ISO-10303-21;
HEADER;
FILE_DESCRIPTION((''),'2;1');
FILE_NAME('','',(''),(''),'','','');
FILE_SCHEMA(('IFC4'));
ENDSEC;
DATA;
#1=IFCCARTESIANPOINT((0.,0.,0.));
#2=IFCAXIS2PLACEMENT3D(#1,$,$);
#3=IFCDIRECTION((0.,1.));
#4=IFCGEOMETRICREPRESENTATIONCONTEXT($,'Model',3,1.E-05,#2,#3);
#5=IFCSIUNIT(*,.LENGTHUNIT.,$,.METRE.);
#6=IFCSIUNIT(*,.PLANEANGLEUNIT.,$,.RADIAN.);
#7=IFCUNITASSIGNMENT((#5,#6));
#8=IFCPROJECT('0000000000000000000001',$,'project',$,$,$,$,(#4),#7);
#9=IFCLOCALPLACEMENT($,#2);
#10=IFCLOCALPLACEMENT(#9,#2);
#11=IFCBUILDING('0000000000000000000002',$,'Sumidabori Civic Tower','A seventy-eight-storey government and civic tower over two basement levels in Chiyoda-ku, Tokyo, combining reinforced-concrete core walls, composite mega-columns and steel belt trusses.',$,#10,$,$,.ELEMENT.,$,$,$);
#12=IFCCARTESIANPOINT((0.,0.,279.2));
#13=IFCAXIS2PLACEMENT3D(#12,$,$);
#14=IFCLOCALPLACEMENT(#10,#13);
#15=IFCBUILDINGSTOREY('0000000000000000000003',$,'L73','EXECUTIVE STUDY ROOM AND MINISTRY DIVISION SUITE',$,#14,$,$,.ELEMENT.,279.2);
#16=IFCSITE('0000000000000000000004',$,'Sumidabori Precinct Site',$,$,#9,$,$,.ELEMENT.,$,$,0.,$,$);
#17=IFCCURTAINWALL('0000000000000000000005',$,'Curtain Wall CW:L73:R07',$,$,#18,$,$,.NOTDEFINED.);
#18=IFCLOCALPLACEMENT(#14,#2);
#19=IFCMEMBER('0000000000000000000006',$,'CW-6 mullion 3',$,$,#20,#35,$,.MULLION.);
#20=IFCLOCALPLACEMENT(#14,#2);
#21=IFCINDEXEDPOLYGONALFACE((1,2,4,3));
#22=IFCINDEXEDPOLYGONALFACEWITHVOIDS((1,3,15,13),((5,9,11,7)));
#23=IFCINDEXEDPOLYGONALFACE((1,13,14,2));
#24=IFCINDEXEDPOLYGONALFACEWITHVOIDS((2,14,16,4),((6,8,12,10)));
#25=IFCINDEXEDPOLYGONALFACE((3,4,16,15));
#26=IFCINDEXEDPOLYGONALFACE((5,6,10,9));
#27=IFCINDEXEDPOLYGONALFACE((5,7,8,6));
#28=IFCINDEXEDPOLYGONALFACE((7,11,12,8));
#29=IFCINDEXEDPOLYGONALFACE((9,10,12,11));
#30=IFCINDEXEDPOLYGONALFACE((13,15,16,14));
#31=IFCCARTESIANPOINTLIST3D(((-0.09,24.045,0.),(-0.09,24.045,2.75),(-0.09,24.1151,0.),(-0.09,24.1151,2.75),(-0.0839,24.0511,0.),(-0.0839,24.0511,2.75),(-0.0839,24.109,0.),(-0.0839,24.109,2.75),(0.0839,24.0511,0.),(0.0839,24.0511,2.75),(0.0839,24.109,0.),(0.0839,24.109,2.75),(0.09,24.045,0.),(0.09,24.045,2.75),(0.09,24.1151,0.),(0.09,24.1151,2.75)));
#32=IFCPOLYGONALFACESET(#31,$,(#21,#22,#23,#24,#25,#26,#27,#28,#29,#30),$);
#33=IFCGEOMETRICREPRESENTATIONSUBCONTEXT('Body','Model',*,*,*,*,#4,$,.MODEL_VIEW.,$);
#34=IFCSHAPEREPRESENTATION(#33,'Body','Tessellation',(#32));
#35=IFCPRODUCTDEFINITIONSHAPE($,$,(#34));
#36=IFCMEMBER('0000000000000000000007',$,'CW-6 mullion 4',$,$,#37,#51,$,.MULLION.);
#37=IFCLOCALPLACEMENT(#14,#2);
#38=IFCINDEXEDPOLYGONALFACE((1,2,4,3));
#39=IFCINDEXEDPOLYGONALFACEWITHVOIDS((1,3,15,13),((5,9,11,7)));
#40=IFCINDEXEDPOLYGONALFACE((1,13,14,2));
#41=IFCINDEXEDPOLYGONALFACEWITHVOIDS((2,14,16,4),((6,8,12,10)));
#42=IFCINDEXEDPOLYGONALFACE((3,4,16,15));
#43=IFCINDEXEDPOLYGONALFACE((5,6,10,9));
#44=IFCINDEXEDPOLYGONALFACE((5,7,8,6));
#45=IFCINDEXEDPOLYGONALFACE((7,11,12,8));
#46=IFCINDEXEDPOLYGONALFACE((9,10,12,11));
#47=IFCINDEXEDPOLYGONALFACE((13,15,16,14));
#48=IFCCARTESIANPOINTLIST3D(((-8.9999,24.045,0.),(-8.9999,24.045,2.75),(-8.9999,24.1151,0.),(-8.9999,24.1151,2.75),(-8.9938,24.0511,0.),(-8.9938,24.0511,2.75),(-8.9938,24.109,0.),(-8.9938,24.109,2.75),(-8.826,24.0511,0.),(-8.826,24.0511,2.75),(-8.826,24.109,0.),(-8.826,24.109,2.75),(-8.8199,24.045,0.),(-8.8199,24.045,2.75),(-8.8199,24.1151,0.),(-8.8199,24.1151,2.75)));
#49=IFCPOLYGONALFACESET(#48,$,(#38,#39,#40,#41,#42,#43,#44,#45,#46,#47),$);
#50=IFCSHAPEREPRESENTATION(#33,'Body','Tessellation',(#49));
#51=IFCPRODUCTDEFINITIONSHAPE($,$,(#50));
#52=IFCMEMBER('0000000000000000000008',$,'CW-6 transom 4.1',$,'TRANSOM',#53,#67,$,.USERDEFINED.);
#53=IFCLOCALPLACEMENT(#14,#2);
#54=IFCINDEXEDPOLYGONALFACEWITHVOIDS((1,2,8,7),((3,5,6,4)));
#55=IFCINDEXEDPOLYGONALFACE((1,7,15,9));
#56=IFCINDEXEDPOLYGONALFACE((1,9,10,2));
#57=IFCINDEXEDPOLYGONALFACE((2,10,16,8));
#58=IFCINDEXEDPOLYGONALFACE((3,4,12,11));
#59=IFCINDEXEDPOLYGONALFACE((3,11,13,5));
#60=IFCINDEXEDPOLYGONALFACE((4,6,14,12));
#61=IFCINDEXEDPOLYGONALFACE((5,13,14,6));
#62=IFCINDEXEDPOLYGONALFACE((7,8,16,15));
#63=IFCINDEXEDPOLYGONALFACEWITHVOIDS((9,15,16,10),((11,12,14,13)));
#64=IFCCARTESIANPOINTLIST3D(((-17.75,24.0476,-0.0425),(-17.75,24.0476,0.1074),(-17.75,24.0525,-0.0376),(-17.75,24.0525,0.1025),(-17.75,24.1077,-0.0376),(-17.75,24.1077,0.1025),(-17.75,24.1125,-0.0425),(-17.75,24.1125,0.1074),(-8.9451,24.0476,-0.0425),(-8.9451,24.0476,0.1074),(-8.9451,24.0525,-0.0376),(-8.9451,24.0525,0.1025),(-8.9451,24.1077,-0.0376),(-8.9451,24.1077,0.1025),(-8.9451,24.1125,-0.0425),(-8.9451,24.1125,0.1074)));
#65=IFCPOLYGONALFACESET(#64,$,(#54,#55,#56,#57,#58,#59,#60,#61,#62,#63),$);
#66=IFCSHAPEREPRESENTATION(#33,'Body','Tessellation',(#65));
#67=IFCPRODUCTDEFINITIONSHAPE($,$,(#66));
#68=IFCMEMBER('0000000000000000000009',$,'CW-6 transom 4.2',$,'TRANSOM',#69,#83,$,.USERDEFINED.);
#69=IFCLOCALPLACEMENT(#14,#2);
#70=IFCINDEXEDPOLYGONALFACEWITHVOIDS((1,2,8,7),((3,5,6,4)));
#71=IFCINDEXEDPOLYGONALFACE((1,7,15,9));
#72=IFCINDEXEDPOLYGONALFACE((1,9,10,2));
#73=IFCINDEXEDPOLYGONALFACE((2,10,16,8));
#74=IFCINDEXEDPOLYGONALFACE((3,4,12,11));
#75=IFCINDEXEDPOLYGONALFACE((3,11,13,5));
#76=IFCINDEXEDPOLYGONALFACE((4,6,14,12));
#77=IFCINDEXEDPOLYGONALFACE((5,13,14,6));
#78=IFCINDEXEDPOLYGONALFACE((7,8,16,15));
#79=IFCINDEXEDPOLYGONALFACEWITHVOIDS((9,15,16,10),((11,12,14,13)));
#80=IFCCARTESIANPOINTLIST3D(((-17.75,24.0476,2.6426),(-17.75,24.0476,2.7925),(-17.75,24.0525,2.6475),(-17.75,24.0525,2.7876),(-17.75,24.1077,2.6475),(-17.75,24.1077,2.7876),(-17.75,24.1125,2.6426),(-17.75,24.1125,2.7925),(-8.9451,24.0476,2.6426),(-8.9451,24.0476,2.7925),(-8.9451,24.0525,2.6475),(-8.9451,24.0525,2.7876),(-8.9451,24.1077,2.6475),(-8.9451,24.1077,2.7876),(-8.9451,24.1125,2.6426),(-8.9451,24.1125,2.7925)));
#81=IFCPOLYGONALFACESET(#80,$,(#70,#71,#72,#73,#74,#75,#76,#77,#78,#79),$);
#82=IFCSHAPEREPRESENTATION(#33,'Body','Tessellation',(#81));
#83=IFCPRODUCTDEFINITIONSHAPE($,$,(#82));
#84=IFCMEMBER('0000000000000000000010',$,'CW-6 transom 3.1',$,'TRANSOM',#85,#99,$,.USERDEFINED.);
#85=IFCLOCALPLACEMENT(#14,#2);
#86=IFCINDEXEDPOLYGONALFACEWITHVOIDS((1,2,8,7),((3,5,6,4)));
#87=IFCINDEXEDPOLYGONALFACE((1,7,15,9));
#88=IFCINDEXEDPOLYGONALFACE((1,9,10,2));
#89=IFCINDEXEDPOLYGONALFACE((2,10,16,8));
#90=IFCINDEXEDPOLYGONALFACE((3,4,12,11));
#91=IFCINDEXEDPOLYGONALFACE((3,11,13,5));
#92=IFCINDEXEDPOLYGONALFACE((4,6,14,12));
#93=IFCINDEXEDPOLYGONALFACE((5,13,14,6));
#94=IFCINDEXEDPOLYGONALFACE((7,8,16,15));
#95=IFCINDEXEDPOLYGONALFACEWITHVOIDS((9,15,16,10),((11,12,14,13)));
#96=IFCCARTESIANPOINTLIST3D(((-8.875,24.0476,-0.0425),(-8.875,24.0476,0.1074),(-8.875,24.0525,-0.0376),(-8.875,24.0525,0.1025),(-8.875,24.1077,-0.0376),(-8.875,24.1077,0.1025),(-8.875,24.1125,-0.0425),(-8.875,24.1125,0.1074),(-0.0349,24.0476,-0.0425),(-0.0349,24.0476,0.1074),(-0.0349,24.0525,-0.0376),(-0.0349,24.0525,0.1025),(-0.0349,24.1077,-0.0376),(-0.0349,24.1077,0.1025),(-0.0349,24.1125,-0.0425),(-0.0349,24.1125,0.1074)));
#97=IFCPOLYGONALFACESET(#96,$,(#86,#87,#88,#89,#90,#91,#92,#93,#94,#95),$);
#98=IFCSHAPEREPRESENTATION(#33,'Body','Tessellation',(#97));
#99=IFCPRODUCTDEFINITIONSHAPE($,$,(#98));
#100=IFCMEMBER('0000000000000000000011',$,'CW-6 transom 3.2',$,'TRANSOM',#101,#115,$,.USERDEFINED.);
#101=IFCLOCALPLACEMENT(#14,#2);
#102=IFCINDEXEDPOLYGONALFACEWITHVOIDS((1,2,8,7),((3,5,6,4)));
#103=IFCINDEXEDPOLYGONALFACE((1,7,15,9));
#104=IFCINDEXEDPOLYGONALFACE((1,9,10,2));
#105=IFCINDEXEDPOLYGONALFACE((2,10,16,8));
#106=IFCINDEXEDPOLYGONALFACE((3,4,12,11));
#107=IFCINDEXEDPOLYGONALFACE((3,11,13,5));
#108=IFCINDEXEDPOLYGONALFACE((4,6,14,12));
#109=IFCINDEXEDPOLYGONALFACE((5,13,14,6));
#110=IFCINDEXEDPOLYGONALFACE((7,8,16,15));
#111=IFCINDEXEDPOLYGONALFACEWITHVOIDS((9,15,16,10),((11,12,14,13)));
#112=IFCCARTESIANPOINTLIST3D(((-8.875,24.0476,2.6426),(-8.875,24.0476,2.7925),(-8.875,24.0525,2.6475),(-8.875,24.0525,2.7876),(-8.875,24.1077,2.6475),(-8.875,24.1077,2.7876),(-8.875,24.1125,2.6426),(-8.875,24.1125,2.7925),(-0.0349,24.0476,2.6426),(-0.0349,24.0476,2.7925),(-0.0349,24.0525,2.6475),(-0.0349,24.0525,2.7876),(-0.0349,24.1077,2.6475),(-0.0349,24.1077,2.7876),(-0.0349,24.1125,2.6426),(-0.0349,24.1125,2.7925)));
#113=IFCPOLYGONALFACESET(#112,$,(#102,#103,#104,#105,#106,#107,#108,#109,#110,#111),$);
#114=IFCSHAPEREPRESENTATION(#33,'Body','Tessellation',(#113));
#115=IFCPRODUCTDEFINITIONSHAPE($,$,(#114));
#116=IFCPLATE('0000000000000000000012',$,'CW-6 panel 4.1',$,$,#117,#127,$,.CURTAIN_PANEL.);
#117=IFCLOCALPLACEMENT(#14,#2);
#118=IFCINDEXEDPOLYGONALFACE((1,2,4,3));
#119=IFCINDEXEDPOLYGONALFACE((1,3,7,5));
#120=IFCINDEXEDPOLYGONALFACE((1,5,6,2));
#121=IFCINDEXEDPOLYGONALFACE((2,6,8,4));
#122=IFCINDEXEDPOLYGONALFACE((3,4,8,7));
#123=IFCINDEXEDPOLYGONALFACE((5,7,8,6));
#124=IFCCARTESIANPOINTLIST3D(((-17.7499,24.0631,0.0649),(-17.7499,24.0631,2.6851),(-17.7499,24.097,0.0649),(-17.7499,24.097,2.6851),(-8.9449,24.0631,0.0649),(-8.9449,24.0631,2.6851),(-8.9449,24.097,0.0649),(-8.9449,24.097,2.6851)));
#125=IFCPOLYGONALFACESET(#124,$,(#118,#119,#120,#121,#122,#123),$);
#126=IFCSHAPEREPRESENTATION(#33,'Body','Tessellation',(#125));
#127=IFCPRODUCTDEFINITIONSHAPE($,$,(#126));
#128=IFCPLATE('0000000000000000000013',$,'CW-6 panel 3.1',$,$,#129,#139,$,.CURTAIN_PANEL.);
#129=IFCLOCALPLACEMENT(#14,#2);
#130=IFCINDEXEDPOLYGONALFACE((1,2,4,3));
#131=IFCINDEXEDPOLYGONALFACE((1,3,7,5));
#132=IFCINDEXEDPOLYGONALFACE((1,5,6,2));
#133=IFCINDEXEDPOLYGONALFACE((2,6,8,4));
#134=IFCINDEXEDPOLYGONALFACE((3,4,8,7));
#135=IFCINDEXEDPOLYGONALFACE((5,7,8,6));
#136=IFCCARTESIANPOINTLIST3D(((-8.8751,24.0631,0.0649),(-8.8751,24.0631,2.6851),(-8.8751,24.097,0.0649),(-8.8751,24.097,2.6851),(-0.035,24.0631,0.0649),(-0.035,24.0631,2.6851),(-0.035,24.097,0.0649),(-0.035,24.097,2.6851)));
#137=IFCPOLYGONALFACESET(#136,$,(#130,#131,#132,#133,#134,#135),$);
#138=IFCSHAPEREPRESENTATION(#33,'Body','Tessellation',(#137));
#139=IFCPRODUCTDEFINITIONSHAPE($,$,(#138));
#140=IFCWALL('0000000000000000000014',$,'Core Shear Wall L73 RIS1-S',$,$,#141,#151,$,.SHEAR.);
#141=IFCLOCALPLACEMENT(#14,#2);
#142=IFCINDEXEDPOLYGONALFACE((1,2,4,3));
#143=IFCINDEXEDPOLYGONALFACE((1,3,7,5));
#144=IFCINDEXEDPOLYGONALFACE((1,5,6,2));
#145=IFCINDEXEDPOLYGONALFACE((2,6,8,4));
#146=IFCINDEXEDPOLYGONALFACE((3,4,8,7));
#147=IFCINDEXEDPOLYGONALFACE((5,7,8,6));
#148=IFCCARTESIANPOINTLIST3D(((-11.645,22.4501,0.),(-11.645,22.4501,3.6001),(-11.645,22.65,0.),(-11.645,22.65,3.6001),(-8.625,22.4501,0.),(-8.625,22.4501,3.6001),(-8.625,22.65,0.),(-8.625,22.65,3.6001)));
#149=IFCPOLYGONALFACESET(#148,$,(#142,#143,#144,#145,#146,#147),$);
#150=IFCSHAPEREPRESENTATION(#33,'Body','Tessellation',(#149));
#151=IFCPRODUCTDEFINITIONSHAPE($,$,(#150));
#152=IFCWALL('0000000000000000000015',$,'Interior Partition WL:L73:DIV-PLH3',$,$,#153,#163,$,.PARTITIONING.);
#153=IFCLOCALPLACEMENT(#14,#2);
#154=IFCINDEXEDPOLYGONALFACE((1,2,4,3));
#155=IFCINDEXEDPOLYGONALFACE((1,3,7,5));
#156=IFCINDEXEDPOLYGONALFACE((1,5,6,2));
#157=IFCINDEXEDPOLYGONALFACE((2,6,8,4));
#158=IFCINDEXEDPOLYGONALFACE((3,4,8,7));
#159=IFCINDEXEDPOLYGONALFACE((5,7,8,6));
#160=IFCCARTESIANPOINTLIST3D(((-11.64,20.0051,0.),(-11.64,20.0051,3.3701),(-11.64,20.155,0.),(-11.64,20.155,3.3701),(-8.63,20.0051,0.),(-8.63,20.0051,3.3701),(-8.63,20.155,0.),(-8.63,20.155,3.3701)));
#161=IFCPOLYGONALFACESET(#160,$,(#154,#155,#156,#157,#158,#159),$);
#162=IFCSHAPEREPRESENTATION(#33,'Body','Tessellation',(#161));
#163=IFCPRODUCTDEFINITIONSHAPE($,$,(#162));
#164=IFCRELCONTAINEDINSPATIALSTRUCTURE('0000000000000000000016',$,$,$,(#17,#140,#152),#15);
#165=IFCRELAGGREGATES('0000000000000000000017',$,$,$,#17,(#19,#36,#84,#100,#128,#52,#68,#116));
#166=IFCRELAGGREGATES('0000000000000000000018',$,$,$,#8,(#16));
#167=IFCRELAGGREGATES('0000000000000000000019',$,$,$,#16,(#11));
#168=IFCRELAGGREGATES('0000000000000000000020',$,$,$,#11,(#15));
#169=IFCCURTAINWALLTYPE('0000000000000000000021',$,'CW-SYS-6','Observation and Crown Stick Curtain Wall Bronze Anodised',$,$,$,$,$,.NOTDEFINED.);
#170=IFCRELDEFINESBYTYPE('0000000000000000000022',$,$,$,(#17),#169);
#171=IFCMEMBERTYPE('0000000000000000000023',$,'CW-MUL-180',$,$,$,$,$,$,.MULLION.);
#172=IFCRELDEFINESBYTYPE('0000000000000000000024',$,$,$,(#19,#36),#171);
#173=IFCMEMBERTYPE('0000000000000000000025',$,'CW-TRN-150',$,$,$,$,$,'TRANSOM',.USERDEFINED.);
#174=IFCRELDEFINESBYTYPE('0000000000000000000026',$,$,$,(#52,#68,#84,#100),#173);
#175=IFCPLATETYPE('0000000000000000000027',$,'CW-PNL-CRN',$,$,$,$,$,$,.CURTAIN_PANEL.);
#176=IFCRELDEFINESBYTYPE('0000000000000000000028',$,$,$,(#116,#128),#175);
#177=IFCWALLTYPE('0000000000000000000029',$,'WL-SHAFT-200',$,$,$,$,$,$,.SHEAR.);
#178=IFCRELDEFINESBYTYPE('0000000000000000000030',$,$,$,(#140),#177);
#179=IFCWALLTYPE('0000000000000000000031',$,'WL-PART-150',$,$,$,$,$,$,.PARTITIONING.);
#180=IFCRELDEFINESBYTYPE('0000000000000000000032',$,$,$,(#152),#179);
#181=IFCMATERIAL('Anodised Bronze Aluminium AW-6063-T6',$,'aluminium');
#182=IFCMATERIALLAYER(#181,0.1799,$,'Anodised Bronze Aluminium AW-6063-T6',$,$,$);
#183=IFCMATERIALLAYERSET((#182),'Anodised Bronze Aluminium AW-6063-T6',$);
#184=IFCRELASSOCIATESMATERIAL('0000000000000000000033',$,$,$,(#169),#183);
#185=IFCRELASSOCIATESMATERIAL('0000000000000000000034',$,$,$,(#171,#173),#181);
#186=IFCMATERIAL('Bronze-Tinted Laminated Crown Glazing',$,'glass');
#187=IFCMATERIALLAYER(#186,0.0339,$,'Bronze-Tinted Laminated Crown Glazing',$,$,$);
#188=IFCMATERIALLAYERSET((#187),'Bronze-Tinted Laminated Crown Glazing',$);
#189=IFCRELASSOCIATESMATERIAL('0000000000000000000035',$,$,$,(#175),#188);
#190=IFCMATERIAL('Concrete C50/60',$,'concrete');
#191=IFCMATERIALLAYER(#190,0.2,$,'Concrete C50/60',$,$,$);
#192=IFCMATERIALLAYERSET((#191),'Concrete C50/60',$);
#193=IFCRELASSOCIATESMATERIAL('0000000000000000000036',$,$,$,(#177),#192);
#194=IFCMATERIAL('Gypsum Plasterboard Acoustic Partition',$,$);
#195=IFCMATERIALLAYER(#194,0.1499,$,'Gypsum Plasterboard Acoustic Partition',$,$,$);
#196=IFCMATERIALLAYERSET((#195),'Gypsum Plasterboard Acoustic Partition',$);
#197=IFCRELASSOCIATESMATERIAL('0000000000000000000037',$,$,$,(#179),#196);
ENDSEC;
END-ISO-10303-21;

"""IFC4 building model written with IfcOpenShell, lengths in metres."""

from ifc_helpers import new_model, si_unit, direction, frame, frame_2d, origin, origin_2d, place, context, subcontext, project, spatial, rectangle, hollow_rectangle, extrude, source, transform, mapped, material, layer, layer_set, material_profile, profile_set, type_object, element, aggregate, save


model = new_model("IFC4")

# Units and contexts
model_context = context("Model", 3, precision=1e-05, world=origin(), true_north=direction((0.0, 1.0)))
body_context = subcontext(model_context, "Body", "Model", "MODEL_VIEW")
ifc_project = project(units=[si_unit("LENGTHUNIT", "METRE"), si_unit("PLANEANGLEUNIT", "RADIAN")], contexts=[model_context])

# Site, building, storey
site_placement = place(None, origin())
site = spatial("IfcSite", under=ifc_project, at=site_placement, Name="Sumidabori Precinct Site", CompositionType="ELEMENT", RefElevation=0.0)
building_placement = place(site_placement, origin())
building = spatial("IfcBuilding", under=site, at=building_placement, Name="Sumidabori Civic Tower", Description="A seventy-eight-storey government and civic tower over two basement levels in Chiyoda-ku, Tokyo, combining reinforced-concrete core walls, composite mega-columns and steel belt trusses.", CompositionType="ELEMENT")
storey_placement = place(building_placement, frame((0.0, 0.0, 279.2)))
storey = spatial("IfcBuildingStorey", under=building, at=storey_placement, Name="L73", Description="EXECUTIVE STUDY ROOM AND MINISTRY DIVISION SUITE", CompositionType="ELEMENT", Elevation=279.2)

# Curtain wall, members, plates
ifc_material_1 = material(Name="Anodised Bronze Aluminium AW-6063-T6", Category="aluminium")
ifc_layer_1 = layer(ifc_material_1, 0.1799, Name="Anodised Bronze Aluminium AW-6063-T6")
ifc_layer_set_1 = layer_set([ifc_layer_1], Name="Anodised Bronze Aluminium AW-6063-T6")
curtain_wall_type = type_object("IfcCurtainWallType", Name="CW-SYS-6", Description="Observation and Crown Stick Curtain Wall Bronze Anodised", PredefinedType="NOTDEFINED", material=ifc_layer_set_1)
curtain_wall_placement = place(storey_placement, origin())
curtain_wall = element("IfcCurtainWall", 1, at=curtain_wall_placement, inside=storey, type_object=curtain_wall_type, Name="Curtain Wall CW:L73:R07", PredefinedType="NOTDEFINED")
ifc_material_profile_1 = material_profile(ifc_material_1, hollow_rectangle(XDim=0.0701, YDim=0.1799, WallThickness=0.0061, at=origin_2d()), Name="ALU MULLION 180x70")
ifc_profile_set_1 = profile_set([ifc_material_profile_1], Name="Anodised Bronze Aluminium AW-6063-T6")
member_type_1 = type_object("IfcMemberType", Name="CW-MUL-180", PredefinedType="MULLION", material=ifc_profile_set_1)
shared_shape_1 = source(origin(), body_context, "Body", "SweptSolid", [
    extrude(hollow_rectangle(XDim=0.0701, YDim=0.1799, WallThickness=0.0061, at=origin_2d()), origin(), (0.0, 0.0, 1.0), 2.75),
])
member_1_placement = place(storey_placement, frame((0.0, 24.0801, 0.0), z_axis=(0.0, 0.0, 1.0), x_axis=(0.0, -1.0, 0.0)))
member_1 = element("IfcMember", 2, at=member_1_placement, type_object=member_type_1, Name="CW-6 mullion 3", PredefinedType="MULLION", context=body_context, shape_type="MappedRepresentation", body=[
    mapped(shared_shape_1, transform((0.0, 0.0, 0.0), x_axis=(1.0, 0.0, 0.0), y_axis=(0.0, 1.0, 0.0), z_axis=(0.0, 0.0, 1.0), scale=1.0)),
])
member_2_placement = place(storey_placement, frame((-8.9099, 24.0801, 0.0), z_axis=(0.0, 0.0, 1.0), x_axis=(0.0, -1.0, 0.0)))
member_2 = element("IfcMember", 3, at=member_2_placement, type_object=member_type_1, Name="CW-6 mullion 4", PredefinedType="MULLION", context=body_context, shape_type="MappedRepresentation", body=[
    mapped(shared_shape_1, transform((0.0, 0.0, 0.0), x_axis=(1.0, 0.0, 0.0), y_axis=(0.0, 1.0, 0.0), z_axis=(0.0, 0.0, 1.0), scale=1.0)),
])
ifc_material_profile_2 = material_profile(ifc_material_1, hollow_rectangle(XDim=0.0649, YDim=0.1499, WallThickness=0.0049, at=origin_2d()), Name="ALU TRANSOM 150x65")
ifc_profile_set_2 = profile_set([ifc_material_profile_2], Name="Anodised Bronze Aluminium AW-6063-T6")
member_type_2 = type_object("IfcMemberType", Name="CW-TRN-150", ElementType="TRANSOM", PredefinedType="USERDEFINED", material=ifc_profile_set_2)
shared_shape_2 = source(origin(), body_context, "Body", "SweptSolid", [
    extrude(hollow_rectangle(XDim=0.0649, YDim=0.1499, WallThickness=0.0049, at=origin_2d()), origin(), (0.0, 0.0, 1.0), 8.8049),
])
member_3_placement = place(storey_placement, frame((-8.9451, 24.0801, 0.0325), z_axis=(-1.0, 0.0, 0.0), x_axis=(0.0, -1.0, 0.0)))
member_3 = element("IfcMember", 4, at=member_3_placement, type_object=member_type_2, Name="CW-6 transom 4.1", ObjectType="TRANSOM", PredefinedType="USERDEFINED", context=body_context, shape_type="MappedRepresentation", body=[
    mapped(shared_shape_2, transform((0.0, 0.0, 0.0), x_axis=(1.0, 0.0, 0.0), y_axis=(0.0, 1.0, 0.0), z_axis=(0.0, 0.0, 1.0), scale=1.0)),
])
member_4_placement = place(storey_placement, frame((-8.9451, 24.0801, 2.7175), z_axis=(-1.0, 0.0, 0.0), x_axis=(0.0, -1.0, 0.0)))
member_4 = element("IfcMember", 5, at=member_4_placement, type_object=member_type_2, Name="CW-6 transom 4.2", ObjectType="TRANSOM", PredefinedType="USERDEFINED", context=body_context, shape_type="MappedRepresentation", body=[
    mapped(shared_shape_2, transform((0.0, 0.0, 0.0), x_axis=(1.0, 0.0, 0.0), y_axis=(0.0, 1.0, 0.0), z_axis=(0.0, 0.0, 1.0), scale=1.0)),
])
shared_shape_3 = source(origin(), body_context, "Body", "SweptSolid", [
    extrude(hollow_rectangle(XDim=0.0649, YDim=0.1499, WallThickness=0.0049, at=origin_2d()), origin(), (0.0, 0.0, 1.0), 8.8401),
])
member_5_placement = place(storey_placement, frame((-0.0349, 24.0801, 0.0325), z_axis=(-1.0, 0.0, 0.0), x_axis=(0.0, -1.0, 0.0)))
member_5 = element("IfcMember", 6, at=member_5_placement, type_object=member_type_2, Name="CW-6 transom 3.1", ObjectType="TRANSOM", PredefinedType="USERDEFINED", context=body_context, shape_type="MappedRepresentation", body=[
    mapped(shared_shape_3, transform((0.0, 0.0, 0.0), x_axis=(1.0, 0.0, 0.0), y_axis=(0.0, 1.0, 0.0), z_axis=(0.0, 0.0, 1.0), scale=1.0)),
])
member_6_placement = place(storey_placement, frame((-0.0349, 24.0801, 2.7175), z_axis=(-1.0, 0.0, 0.0), x_axis=(0.0, -1.0, 0.0)))
member_6 = element("IfcMember", 7, at=member_6_placement, type_object=member_type_2, Name="CW-6 transom 3.2", ObjectType="TRANSOM", PredefinedType="USERDEFINED", context=body_context, shape_type="MappedRepresentation", body=[
    mapped(shared_shape_3, transform((0.0, 0.0, 0.0), x_axis=(1.0, 0.0, 0.0), y_axis=(0.0, 1.0, 0.0), z_axis=(0.0, 0.0, 1.0), scale=1.0)),
])
ifc_material_2 = material(Name="Bronze-Tinted Laminated Crown Glazing", Category="glass")
ifc_layer_2 = layer(ifc_material_2, 0.0339, Name="Bronze-Tinted Laminated Crown Glazing")
ifc_layer_set_2 = layer_set([ifc_layer_2], Name="Bronze-Tinted Laminated Crown Glazing")
plate_type = type_object("IfcPlateType", Name="CW-PNL-CRN", PredefinedType="CURTAIN_PANEL", material=ifc_layer_set_2)
shared_shape_4 = source(origin(), body_context, "Body", "SweptSolid", [
    extrude(rectangle(XDim=8.8049, YDim=0.0339, at=origin_2d()), origin(), (0.0, 0.0, 1.0), 2.6201),
])
plate_1_placement = place(storey_placement, frame((-13.3474, 24.0801, 0.0649), z_axis=(0.0, 0.0, 1.0), x_axis=(-1.0, 0.0, 0.0)))
plate_1 = element("IfcPlate", 8, at=plate_1_placement, type_object=plate_type, Name="CW-6 panel 4.1", PredefinedType="CURTAIN_PANEL", context=body_context, shape_type="MappedRepresentation", body=[
    mapped(shared_shape_4, transform((0.0, 0.0, 0.0), x_axis=(1.0, 0.0, 0.0), y_axis=(0.0, 1.0, 0.0), z_axis=(0.0, 0.0, 1.0), scale=1.0)),
])
shared_shape_5 = source(origin(), body_context, "Body", "SweptSolid", [
    extrude(rectangle(XDim=8.8401, YDim=0.0339, at=origin_2d()), origin(), (0.0, 0.0, 1.0), 2.6201),
])
plate_2_placement = place(storey_placement, frame((-4.4551, 24.0801, 0.0649), z_axis=(0.0, 0.0, 1.0), x_axis=(-1.0, 0.0, 0.0)))
plate_2 = element("IfcPlate", 9, at=plate_2_placement, type_object=plate_type, Name="CW-6 panel 3.1", PredefinedType="CURTAIN_PANEL", context=body_context, shape_type="MappedRepresentation", body=[
    mapped(shared_shape_5, transform((0.0, 0.0, 0.0), x_axis=(1.0, 0.0, 0.0), y_axis=(0.0, 1.0, 0.0), z_axis=(0.0, 0.0, 1.0), scale=1.0)),
])
aggregate(curtain_wall, [member_1, member_2, member_5, member_6, plate_2, member_3, member_4, plate_1])

# Walls
ifc_material_3 = material(Name="Concrete C50/60", Category="concrete")
ifc_layer_3 = layer(ifc_material_3, 0.2, Name="Concrete C50/60")
ifc_layer_set_3 = layer_set([ifc_layer_3], Name="Concrete C50/60")
wall_type_1 = type_object("IfcWallType", Name="WL-SHAFT-200", PredefinedType="SHEAR", material=ifc_layer_set_3)
shared_shape_6 = source(origin(), body_context, "Body", "SweptSolid", [
    extrude(rectangle(XDim=3.02, YDim=0.2, at=frame_2d((1.51, 0.0))), origin(), (0.0, 0.0, 1.0), 3.6001),
])
wall_1_placement = place(storey_placement, frame((-11.645, 22.55, 0.0), z_axis=(0.0, 0.0, 1.0), x_axis=(1.0, 0.0, 0.0)))
element("IfcWall", 10, at=wall_1_placement, inside=storey, type_object=wall_type_1, Name="Core Shear Wall L73 RIS1-S", PredefinedType="SHEAR", context=body_context, shape_type="MappedRepresentation", body=[
    mapped(shared_shape_6, transform((0.0, 0.0, 0.0), x_axis=(1.0, 0.0, 0.0), y_axis=(0.0, 1.0, 0.0), z_axis=(0.0, 0.0, 1.0), scale=1.0)),
])
ifc_material_4 = material(Name="Gypsum Plasterboard Acoustic Partition")
ifc_layer_4 = layer(ifc_material_4, 0.1499, Name="Gypsum Plasterboard Acoustic Partition")
ifc_layer_set_4 = layer_set([ifc_layer_4], Name="Gypsum Plasterboard Acoustic Partition")
wall_type_2 = type_object("IfcWallType", Name="WL-PART-150", PredefinedType="PARTITIONING", material=ifc_layer_set_4)
shared_shape_7 = source(origin(), body_context, "Body", "SweptSolid", [
    extrude(rectangle(XDim=3.01, YDim=0.1499, at=frame_2d((1.5049, 0.0))), origin(), (0.0, 0.0, 1.0), 3.3701),
])
wall_2_placement = place(storey_placement, frame((-11.6399, 20.0801, 0.0), z_axis=(0.0, 0.0, 1.0), x_axis=(1.0, 0.0, 0.0)))
element("IfcWall", 11, at=wall_2_placement, inside=storey, type_object=wall_type_2, Name="Interior Partition WL:L73:DIV-PLH3", PredefinedType="PARTITIONING", context=body_context, shape_type="MappedRepresentation", body=[
    mapped(shared_shape_7, transform((0.0, 0.0, 0.0), x_axis=(1.0, 0.0, 0.0), y_axis=(0.0, 1.0, 0.0), z_axis=(0.0, 0.0, 1.0), scale=1.0)),
])

save(model, "model.ifc")
